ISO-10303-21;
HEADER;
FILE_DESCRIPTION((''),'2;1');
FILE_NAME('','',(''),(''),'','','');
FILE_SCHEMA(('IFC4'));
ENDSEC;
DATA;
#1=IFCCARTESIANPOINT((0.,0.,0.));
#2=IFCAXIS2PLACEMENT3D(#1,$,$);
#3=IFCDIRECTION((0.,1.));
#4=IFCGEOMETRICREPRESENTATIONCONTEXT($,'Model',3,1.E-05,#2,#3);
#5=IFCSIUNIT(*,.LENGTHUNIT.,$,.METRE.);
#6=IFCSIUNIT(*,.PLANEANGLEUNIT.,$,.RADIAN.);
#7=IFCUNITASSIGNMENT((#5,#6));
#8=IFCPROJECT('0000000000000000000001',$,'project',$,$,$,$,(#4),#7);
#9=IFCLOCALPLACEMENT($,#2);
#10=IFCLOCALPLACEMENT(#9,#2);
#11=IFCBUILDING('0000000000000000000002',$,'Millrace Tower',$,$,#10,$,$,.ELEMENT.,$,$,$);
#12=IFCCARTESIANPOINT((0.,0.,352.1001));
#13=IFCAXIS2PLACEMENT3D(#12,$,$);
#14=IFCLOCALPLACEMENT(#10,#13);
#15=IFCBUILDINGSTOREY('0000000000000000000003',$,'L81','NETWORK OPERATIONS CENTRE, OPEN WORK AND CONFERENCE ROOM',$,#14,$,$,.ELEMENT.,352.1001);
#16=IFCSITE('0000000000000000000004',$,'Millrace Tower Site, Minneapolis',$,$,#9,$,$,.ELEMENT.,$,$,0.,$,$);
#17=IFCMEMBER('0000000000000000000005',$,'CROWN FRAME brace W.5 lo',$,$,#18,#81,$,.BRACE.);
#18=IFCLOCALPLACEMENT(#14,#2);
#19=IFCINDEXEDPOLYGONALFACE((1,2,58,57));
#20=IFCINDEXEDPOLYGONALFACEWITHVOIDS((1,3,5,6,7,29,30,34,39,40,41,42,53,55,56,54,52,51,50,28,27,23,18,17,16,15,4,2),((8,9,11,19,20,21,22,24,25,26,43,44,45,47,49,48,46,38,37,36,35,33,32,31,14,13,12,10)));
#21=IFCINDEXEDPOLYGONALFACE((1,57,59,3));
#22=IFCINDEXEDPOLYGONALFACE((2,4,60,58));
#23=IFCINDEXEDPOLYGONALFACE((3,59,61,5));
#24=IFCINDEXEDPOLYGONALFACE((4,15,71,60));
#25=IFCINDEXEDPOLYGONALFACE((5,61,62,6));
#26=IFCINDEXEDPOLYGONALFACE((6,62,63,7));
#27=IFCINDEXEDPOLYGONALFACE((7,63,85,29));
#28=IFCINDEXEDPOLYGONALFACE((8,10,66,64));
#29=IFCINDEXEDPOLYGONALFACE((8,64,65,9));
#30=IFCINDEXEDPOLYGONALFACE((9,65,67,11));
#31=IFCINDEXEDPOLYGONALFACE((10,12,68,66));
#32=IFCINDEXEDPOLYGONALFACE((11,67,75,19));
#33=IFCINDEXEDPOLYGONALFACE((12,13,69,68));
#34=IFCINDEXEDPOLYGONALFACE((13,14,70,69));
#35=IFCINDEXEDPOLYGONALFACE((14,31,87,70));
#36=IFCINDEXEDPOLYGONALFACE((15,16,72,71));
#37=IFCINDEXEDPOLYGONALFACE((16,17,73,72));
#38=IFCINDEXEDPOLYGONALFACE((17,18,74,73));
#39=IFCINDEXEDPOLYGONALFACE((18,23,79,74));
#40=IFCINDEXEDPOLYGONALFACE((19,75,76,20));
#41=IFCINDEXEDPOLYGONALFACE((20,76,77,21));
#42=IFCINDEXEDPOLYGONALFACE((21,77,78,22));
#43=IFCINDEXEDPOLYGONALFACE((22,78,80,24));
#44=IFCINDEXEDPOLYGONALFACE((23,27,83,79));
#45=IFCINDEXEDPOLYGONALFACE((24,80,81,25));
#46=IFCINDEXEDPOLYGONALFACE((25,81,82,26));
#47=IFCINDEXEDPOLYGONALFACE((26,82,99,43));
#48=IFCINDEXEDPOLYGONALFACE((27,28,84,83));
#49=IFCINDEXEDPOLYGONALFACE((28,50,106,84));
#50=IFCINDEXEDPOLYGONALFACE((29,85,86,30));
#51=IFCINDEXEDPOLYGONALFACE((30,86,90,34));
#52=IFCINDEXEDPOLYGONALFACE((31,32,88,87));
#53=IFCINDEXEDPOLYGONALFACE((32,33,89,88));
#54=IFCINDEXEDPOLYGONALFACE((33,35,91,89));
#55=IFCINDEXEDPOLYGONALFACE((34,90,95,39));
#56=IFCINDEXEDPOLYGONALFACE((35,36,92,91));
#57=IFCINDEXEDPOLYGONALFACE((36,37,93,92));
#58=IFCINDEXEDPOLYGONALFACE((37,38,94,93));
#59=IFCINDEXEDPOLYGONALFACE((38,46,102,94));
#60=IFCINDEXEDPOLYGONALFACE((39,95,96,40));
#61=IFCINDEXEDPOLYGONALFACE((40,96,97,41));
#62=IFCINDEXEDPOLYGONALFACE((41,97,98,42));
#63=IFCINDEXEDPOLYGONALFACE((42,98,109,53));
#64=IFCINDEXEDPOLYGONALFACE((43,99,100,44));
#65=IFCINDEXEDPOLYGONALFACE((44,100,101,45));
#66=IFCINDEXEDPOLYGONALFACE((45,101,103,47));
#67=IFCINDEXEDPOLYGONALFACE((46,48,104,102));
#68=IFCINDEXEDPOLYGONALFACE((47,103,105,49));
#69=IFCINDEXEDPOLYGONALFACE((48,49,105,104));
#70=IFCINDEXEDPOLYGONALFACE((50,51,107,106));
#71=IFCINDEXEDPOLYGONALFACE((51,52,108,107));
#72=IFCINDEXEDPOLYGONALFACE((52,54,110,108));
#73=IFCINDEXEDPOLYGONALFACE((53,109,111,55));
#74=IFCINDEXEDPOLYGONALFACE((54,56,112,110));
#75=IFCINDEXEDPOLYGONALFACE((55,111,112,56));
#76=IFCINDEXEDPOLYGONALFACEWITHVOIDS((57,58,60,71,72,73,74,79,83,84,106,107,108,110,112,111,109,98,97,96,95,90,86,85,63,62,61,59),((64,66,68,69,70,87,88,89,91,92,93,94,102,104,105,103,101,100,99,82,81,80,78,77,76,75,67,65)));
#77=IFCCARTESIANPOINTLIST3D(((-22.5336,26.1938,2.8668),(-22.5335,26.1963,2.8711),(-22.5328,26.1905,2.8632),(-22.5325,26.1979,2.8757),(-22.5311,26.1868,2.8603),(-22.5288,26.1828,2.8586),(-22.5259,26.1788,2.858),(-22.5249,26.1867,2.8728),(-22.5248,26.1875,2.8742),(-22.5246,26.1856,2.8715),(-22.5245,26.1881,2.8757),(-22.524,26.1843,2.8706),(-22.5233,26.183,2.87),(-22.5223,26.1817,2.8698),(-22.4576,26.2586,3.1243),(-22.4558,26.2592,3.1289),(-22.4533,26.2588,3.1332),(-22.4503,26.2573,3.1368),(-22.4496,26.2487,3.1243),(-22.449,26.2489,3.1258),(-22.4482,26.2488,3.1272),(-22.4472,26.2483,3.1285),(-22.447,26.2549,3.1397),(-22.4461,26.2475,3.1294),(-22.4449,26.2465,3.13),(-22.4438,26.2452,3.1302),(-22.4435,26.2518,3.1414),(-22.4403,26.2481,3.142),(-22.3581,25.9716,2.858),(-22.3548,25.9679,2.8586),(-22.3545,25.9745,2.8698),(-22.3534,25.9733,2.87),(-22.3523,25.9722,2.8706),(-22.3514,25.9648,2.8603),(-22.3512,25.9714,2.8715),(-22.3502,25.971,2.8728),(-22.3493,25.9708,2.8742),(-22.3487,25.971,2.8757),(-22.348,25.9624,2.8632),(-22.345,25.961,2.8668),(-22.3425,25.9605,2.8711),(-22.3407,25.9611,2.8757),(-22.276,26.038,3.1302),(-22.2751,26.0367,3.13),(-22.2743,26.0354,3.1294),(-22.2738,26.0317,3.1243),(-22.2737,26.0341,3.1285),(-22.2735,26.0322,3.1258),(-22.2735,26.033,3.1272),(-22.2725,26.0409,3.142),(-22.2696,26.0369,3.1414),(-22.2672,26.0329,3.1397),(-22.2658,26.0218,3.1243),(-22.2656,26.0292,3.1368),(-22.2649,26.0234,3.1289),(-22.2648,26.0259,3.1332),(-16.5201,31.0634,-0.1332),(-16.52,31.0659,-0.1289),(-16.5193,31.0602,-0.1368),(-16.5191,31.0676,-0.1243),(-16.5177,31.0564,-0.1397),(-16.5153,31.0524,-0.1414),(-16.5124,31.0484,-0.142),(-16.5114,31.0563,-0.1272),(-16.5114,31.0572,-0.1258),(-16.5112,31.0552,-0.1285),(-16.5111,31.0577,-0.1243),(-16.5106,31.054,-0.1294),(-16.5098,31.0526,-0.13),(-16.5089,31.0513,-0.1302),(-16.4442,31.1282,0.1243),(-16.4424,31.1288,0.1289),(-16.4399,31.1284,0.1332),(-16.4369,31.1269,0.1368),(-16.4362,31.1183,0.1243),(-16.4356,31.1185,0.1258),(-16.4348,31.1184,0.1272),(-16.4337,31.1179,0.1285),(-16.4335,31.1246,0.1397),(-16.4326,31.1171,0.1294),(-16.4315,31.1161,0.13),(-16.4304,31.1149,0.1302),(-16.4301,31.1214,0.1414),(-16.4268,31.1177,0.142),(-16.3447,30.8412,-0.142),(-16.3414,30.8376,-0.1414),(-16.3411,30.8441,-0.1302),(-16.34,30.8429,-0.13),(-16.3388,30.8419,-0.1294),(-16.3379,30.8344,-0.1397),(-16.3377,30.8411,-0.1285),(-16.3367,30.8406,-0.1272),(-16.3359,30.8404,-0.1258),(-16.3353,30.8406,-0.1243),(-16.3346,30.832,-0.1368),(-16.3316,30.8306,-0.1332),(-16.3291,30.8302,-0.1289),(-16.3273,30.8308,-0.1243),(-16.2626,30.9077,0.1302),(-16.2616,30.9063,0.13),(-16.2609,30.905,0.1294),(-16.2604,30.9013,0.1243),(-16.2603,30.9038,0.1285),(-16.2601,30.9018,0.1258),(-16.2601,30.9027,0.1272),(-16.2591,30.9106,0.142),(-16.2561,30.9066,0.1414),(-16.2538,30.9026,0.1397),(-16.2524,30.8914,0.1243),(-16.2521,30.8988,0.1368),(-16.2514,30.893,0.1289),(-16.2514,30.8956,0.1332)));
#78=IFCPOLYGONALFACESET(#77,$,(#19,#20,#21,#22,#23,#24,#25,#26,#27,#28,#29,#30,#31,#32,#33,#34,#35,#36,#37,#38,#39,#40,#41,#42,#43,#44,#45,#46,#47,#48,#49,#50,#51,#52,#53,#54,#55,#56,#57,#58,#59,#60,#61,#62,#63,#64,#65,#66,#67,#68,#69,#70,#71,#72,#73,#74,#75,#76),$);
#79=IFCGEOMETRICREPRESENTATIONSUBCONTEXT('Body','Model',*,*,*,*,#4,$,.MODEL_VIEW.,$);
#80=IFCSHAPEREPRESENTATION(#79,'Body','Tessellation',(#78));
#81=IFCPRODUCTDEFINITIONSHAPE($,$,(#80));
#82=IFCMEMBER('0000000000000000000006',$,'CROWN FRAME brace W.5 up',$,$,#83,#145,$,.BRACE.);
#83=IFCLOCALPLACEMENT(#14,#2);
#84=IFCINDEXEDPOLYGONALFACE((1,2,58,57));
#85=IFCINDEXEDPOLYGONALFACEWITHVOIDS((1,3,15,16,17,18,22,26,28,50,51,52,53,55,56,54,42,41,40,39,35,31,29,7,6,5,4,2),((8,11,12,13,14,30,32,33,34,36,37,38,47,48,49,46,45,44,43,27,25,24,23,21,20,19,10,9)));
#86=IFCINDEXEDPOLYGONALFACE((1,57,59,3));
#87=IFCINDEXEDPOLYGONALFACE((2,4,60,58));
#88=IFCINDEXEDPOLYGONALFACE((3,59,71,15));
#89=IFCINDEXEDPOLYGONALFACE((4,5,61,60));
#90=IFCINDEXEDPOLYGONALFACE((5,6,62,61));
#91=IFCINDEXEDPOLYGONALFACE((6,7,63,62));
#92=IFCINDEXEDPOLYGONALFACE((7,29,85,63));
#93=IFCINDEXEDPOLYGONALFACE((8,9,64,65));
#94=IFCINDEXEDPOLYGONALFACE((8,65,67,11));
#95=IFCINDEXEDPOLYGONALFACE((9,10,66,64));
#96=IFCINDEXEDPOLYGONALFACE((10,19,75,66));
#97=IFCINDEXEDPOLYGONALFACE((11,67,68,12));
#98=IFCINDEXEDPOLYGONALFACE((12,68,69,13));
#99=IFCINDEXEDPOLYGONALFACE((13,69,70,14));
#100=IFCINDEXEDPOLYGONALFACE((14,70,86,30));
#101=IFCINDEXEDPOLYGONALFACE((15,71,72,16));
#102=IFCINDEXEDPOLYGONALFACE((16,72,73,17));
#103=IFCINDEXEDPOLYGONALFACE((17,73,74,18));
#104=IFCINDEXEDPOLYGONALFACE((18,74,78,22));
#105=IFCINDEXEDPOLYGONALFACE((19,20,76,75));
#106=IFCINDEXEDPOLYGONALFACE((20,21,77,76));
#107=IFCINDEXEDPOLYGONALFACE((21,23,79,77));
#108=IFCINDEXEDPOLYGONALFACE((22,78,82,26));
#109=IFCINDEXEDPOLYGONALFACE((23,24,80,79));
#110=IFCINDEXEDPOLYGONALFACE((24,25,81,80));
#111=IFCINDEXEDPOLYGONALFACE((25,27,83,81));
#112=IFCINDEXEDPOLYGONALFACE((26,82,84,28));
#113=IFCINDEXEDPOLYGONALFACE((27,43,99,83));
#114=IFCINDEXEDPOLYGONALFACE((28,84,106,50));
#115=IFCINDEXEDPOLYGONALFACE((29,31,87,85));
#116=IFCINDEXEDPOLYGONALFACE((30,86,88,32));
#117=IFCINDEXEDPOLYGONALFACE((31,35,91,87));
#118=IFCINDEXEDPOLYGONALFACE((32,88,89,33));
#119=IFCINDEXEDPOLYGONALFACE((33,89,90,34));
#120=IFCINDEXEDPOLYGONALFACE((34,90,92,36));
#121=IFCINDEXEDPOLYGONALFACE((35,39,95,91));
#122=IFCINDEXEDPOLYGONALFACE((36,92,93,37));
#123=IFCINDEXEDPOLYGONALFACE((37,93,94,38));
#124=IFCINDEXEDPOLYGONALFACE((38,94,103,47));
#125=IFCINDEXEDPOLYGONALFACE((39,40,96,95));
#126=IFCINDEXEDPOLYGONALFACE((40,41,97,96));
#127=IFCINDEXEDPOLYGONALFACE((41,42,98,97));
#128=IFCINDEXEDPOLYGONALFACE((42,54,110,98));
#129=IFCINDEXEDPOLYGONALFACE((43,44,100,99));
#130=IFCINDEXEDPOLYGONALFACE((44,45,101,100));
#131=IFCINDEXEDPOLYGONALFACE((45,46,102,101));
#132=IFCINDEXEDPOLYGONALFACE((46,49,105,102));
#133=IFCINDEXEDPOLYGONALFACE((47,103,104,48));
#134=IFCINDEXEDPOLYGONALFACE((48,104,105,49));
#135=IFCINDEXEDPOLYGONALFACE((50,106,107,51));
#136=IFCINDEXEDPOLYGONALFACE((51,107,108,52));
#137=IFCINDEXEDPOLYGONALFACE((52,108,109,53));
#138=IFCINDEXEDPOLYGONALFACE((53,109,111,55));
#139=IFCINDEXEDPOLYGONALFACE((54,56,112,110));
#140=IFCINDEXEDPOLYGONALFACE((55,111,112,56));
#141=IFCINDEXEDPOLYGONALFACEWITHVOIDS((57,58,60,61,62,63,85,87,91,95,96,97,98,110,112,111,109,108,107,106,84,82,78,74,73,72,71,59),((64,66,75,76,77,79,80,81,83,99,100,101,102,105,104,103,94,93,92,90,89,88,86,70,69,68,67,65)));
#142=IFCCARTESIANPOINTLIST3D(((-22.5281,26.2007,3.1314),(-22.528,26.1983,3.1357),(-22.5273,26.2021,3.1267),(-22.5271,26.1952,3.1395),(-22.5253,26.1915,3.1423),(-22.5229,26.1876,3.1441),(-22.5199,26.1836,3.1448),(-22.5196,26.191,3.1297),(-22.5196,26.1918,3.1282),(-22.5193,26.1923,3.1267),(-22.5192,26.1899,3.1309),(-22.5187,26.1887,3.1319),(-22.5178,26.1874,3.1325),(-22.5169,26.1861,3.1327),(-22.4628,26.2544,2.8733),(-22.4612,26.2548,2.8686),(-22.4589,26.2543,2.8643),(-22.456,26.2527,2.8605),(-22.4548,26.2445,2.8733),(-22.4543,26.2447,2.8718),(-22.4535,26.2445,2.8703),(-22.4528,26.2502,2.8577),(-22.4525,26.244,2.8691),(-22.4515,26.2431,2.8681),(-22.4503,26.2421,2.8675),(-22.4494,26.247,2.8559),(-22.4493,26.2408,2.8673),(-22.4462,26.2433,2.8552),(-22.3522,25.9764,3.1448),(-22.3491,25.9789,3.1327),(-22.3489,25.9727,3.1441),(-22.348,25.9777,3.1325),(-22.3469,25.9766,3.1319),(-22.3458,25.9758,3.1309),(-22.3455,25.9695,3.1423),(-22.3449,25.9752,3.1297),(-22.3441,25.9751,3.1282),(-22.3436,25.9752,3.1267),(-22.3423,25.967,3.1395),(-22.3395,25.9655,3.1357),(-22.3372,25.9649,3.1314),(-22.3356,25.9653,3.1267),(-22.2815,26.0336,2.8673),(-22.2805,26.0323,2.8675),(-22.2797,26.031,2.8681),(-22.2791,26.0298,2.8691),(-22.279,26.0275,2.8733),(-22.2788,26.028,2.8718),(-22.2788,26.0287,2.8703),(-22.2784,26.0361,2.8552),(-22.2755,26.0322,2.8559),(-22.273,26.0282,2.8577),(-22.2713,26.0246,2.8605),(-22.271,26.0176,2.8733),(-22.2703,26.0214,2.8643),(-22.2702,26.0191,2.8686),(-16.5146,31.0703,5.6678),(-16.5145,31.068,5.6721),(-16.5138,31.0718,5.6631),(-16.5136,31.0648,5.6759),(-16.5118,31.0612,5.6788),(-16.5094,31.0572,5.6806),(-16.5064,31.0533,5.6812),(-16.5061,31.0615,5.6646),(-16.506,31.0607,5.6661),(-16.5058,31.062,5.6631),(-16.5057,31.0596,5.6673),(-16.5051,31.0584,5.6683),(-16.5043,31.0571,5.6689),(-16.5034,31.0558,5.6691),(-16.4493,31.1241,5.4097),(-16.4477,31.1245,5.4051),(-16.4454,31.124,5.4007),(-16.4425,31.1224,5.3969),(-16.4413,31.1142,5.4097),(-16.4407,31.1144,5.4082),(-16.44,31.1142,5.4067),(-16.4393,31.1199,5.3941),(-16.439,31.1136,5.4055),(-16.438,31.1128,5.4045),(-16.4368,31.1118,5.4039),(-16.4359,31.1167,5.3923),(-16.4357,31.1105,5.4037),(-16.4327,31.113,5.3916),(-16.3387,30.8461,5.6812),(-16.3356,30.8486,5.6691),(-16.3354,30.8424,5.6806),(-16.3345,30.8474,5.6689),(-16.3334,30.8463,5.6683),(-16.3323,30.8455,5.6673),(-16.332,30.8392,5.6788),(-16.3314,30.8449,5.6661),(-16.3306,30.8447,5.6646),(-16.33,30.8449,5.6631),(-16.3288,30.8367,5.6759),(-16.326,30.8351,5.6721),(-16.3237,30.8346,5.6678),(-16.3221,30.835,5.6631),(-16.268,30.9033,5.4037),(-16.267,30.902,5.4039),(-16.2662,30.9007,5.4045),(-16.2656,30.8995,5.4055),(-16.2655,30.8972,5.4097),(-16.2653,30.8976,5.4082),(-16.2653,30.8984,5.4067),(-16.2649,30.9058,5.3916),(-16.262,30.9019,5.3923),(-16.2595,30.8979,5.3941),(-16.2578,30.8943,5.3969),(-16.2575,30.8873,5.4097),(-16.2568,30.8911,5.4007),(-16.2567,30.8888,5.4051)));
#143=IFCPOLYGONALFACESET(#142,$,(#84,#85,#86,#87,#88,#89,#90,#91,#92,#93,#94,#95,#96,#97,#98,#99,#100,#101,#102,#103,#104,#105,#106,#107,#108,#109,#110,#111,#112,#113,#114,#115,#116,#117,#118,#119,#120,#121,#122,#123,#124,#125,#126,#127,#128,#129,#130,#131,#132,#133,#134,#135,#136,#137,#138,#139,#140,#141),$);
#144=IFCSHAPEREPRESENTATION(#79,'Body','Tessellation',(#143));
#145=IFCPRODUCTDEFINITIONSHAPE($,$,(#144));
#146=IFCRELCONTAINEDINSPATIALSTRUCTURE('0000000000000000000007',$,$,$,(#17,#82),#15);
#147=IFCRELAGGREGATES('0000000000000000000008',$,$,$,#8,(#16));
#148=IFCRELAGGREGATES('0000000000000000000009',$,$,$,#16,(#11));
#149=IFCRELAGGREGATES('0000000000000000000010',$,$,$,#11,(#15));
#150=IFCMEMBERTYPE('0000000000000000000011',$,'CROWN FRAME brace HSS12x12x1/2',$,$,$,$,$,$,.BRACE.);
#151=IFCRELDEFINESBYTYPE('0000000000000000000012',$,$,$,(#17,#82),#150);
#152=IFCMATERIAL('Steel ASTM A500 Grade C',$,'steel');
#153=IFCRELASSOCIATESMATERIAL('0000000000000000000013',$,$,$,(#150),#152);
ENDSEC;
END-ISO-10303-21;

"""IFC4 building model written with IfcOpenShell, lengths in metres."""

from ifc_helpers import new_model, si_unit, direction, frame, origin, origin_2d, place, context, subcontext, project, spatial, hollow_rectangle, extrude, material, material_profile, profile_set, type_object, element, save


model = new_model("IFC4")

# Units and contexts
model_context = context("Model", 3, precision=1e-05, world=origin(), true_north=direction((0.0, 1.0)))
body_context = subcontext(model_context, "Body", "Model", "MODEL_VIEW")
ifc_project = project(units=[si_unit("LENGTHUNIT", "METRE"), si_unit("PLANEANGLEUNIT", "RADIAN")], contexts=[model_context])

# Site, building, storey
site_placement = place(None, origin())
site = spatial("IfcSite", under=ifc_project, at=site_placement, Name="Millrace Tower Site, Minneapolis", CompositionType="ELEMENT", RefElevation=0.0)
building_placement = place(site_placement, origin())
building = spatial("IfcBuilding", under=site, at=building_placement, Name="Millrace Tower", CompositionType="ELEMENT")
storey_placement = place(building_placement, frame((0.0, 0.0, 352.1001)))
storey = spatial("IfcBuildingStorey", under=building, at=storey_placement, Name="L81", Description="NETWORK OPERATIONS CENTRE, OPEN WORK AND CONFERENCE ROOM", CompositionType="ELEMENT", Elevation=352.1001)

# Members
ifc_material_1 = material(Name="Steel ASTM A500 Grade C", Category="steel")
ifc_material_profile_1 = material_profile(ifc_material_1, hollow_rectangle(XDim=0.3047, YDim=0.3047, WallThickness=0.0127, InnerFilletRadius=0.0063, OuterFilletRadius=0.019, at=origin_2d()))
ifc_profile_set_1 = profile_set([ifc_material_profile_1], Name="Steel ASTM A500 Grade C")
member_type = type_object("IfcMemberType", Name="CROWN FRAME brace HSS12x12x1/2", PredefinedType="BRACE", material=ifc_profile_set_1)
member_1_placement = place(storey_placement, frame((-16.3857, 30.9795, 0.0), z_axis=(-0.72459, -0.586768, 0.361486), x_axis=(0.629324, -0.777143, 0.0)))
element("IfcMember", 1, at=member_1_placement, inside=storey, type_object=member_type, Name="CROWN FRAME brace W.5 lo", PredefinedType="BRACE", context=body_context, shape_type="SweptSolid", body=[
    extrude(hollow_rectangle(XDim=0.3047, YDim=0.3047, WallThickness=0.0127, InnerFilletRadius=0.0063, OuterFilletRadius=0.019, at=origin_2d()), origin(), (0.0, 0.0, 1.0), 8.2991),
])
member_2_placement = place(storey_placement, frame((-22.3992, 26.1099, 3.0), z_axis=(0.738482, 0.598017, 0.311481), x_axis=(-0.629324, 0.777143, 0.0)))
element("IfcMember", 2, at=member_2_placement, inside=storey, type_object=member_type, Name="CROWN FRAME brace W.5 up", PredefinedType="BRACE", context=body_context, shape_type="SweptSolid", body=[
    extrude(hollow_rectangle(XDim=0.3047, YDim=0.3047, WallThickness=0.0127, InnerFilletRadius=0.0063, OuterFilletRadius=0.019, at=origin_2d()), origin(), (0.0, 0.0, 1.0), 8.1431),
])

save(model, "model.ifc")
